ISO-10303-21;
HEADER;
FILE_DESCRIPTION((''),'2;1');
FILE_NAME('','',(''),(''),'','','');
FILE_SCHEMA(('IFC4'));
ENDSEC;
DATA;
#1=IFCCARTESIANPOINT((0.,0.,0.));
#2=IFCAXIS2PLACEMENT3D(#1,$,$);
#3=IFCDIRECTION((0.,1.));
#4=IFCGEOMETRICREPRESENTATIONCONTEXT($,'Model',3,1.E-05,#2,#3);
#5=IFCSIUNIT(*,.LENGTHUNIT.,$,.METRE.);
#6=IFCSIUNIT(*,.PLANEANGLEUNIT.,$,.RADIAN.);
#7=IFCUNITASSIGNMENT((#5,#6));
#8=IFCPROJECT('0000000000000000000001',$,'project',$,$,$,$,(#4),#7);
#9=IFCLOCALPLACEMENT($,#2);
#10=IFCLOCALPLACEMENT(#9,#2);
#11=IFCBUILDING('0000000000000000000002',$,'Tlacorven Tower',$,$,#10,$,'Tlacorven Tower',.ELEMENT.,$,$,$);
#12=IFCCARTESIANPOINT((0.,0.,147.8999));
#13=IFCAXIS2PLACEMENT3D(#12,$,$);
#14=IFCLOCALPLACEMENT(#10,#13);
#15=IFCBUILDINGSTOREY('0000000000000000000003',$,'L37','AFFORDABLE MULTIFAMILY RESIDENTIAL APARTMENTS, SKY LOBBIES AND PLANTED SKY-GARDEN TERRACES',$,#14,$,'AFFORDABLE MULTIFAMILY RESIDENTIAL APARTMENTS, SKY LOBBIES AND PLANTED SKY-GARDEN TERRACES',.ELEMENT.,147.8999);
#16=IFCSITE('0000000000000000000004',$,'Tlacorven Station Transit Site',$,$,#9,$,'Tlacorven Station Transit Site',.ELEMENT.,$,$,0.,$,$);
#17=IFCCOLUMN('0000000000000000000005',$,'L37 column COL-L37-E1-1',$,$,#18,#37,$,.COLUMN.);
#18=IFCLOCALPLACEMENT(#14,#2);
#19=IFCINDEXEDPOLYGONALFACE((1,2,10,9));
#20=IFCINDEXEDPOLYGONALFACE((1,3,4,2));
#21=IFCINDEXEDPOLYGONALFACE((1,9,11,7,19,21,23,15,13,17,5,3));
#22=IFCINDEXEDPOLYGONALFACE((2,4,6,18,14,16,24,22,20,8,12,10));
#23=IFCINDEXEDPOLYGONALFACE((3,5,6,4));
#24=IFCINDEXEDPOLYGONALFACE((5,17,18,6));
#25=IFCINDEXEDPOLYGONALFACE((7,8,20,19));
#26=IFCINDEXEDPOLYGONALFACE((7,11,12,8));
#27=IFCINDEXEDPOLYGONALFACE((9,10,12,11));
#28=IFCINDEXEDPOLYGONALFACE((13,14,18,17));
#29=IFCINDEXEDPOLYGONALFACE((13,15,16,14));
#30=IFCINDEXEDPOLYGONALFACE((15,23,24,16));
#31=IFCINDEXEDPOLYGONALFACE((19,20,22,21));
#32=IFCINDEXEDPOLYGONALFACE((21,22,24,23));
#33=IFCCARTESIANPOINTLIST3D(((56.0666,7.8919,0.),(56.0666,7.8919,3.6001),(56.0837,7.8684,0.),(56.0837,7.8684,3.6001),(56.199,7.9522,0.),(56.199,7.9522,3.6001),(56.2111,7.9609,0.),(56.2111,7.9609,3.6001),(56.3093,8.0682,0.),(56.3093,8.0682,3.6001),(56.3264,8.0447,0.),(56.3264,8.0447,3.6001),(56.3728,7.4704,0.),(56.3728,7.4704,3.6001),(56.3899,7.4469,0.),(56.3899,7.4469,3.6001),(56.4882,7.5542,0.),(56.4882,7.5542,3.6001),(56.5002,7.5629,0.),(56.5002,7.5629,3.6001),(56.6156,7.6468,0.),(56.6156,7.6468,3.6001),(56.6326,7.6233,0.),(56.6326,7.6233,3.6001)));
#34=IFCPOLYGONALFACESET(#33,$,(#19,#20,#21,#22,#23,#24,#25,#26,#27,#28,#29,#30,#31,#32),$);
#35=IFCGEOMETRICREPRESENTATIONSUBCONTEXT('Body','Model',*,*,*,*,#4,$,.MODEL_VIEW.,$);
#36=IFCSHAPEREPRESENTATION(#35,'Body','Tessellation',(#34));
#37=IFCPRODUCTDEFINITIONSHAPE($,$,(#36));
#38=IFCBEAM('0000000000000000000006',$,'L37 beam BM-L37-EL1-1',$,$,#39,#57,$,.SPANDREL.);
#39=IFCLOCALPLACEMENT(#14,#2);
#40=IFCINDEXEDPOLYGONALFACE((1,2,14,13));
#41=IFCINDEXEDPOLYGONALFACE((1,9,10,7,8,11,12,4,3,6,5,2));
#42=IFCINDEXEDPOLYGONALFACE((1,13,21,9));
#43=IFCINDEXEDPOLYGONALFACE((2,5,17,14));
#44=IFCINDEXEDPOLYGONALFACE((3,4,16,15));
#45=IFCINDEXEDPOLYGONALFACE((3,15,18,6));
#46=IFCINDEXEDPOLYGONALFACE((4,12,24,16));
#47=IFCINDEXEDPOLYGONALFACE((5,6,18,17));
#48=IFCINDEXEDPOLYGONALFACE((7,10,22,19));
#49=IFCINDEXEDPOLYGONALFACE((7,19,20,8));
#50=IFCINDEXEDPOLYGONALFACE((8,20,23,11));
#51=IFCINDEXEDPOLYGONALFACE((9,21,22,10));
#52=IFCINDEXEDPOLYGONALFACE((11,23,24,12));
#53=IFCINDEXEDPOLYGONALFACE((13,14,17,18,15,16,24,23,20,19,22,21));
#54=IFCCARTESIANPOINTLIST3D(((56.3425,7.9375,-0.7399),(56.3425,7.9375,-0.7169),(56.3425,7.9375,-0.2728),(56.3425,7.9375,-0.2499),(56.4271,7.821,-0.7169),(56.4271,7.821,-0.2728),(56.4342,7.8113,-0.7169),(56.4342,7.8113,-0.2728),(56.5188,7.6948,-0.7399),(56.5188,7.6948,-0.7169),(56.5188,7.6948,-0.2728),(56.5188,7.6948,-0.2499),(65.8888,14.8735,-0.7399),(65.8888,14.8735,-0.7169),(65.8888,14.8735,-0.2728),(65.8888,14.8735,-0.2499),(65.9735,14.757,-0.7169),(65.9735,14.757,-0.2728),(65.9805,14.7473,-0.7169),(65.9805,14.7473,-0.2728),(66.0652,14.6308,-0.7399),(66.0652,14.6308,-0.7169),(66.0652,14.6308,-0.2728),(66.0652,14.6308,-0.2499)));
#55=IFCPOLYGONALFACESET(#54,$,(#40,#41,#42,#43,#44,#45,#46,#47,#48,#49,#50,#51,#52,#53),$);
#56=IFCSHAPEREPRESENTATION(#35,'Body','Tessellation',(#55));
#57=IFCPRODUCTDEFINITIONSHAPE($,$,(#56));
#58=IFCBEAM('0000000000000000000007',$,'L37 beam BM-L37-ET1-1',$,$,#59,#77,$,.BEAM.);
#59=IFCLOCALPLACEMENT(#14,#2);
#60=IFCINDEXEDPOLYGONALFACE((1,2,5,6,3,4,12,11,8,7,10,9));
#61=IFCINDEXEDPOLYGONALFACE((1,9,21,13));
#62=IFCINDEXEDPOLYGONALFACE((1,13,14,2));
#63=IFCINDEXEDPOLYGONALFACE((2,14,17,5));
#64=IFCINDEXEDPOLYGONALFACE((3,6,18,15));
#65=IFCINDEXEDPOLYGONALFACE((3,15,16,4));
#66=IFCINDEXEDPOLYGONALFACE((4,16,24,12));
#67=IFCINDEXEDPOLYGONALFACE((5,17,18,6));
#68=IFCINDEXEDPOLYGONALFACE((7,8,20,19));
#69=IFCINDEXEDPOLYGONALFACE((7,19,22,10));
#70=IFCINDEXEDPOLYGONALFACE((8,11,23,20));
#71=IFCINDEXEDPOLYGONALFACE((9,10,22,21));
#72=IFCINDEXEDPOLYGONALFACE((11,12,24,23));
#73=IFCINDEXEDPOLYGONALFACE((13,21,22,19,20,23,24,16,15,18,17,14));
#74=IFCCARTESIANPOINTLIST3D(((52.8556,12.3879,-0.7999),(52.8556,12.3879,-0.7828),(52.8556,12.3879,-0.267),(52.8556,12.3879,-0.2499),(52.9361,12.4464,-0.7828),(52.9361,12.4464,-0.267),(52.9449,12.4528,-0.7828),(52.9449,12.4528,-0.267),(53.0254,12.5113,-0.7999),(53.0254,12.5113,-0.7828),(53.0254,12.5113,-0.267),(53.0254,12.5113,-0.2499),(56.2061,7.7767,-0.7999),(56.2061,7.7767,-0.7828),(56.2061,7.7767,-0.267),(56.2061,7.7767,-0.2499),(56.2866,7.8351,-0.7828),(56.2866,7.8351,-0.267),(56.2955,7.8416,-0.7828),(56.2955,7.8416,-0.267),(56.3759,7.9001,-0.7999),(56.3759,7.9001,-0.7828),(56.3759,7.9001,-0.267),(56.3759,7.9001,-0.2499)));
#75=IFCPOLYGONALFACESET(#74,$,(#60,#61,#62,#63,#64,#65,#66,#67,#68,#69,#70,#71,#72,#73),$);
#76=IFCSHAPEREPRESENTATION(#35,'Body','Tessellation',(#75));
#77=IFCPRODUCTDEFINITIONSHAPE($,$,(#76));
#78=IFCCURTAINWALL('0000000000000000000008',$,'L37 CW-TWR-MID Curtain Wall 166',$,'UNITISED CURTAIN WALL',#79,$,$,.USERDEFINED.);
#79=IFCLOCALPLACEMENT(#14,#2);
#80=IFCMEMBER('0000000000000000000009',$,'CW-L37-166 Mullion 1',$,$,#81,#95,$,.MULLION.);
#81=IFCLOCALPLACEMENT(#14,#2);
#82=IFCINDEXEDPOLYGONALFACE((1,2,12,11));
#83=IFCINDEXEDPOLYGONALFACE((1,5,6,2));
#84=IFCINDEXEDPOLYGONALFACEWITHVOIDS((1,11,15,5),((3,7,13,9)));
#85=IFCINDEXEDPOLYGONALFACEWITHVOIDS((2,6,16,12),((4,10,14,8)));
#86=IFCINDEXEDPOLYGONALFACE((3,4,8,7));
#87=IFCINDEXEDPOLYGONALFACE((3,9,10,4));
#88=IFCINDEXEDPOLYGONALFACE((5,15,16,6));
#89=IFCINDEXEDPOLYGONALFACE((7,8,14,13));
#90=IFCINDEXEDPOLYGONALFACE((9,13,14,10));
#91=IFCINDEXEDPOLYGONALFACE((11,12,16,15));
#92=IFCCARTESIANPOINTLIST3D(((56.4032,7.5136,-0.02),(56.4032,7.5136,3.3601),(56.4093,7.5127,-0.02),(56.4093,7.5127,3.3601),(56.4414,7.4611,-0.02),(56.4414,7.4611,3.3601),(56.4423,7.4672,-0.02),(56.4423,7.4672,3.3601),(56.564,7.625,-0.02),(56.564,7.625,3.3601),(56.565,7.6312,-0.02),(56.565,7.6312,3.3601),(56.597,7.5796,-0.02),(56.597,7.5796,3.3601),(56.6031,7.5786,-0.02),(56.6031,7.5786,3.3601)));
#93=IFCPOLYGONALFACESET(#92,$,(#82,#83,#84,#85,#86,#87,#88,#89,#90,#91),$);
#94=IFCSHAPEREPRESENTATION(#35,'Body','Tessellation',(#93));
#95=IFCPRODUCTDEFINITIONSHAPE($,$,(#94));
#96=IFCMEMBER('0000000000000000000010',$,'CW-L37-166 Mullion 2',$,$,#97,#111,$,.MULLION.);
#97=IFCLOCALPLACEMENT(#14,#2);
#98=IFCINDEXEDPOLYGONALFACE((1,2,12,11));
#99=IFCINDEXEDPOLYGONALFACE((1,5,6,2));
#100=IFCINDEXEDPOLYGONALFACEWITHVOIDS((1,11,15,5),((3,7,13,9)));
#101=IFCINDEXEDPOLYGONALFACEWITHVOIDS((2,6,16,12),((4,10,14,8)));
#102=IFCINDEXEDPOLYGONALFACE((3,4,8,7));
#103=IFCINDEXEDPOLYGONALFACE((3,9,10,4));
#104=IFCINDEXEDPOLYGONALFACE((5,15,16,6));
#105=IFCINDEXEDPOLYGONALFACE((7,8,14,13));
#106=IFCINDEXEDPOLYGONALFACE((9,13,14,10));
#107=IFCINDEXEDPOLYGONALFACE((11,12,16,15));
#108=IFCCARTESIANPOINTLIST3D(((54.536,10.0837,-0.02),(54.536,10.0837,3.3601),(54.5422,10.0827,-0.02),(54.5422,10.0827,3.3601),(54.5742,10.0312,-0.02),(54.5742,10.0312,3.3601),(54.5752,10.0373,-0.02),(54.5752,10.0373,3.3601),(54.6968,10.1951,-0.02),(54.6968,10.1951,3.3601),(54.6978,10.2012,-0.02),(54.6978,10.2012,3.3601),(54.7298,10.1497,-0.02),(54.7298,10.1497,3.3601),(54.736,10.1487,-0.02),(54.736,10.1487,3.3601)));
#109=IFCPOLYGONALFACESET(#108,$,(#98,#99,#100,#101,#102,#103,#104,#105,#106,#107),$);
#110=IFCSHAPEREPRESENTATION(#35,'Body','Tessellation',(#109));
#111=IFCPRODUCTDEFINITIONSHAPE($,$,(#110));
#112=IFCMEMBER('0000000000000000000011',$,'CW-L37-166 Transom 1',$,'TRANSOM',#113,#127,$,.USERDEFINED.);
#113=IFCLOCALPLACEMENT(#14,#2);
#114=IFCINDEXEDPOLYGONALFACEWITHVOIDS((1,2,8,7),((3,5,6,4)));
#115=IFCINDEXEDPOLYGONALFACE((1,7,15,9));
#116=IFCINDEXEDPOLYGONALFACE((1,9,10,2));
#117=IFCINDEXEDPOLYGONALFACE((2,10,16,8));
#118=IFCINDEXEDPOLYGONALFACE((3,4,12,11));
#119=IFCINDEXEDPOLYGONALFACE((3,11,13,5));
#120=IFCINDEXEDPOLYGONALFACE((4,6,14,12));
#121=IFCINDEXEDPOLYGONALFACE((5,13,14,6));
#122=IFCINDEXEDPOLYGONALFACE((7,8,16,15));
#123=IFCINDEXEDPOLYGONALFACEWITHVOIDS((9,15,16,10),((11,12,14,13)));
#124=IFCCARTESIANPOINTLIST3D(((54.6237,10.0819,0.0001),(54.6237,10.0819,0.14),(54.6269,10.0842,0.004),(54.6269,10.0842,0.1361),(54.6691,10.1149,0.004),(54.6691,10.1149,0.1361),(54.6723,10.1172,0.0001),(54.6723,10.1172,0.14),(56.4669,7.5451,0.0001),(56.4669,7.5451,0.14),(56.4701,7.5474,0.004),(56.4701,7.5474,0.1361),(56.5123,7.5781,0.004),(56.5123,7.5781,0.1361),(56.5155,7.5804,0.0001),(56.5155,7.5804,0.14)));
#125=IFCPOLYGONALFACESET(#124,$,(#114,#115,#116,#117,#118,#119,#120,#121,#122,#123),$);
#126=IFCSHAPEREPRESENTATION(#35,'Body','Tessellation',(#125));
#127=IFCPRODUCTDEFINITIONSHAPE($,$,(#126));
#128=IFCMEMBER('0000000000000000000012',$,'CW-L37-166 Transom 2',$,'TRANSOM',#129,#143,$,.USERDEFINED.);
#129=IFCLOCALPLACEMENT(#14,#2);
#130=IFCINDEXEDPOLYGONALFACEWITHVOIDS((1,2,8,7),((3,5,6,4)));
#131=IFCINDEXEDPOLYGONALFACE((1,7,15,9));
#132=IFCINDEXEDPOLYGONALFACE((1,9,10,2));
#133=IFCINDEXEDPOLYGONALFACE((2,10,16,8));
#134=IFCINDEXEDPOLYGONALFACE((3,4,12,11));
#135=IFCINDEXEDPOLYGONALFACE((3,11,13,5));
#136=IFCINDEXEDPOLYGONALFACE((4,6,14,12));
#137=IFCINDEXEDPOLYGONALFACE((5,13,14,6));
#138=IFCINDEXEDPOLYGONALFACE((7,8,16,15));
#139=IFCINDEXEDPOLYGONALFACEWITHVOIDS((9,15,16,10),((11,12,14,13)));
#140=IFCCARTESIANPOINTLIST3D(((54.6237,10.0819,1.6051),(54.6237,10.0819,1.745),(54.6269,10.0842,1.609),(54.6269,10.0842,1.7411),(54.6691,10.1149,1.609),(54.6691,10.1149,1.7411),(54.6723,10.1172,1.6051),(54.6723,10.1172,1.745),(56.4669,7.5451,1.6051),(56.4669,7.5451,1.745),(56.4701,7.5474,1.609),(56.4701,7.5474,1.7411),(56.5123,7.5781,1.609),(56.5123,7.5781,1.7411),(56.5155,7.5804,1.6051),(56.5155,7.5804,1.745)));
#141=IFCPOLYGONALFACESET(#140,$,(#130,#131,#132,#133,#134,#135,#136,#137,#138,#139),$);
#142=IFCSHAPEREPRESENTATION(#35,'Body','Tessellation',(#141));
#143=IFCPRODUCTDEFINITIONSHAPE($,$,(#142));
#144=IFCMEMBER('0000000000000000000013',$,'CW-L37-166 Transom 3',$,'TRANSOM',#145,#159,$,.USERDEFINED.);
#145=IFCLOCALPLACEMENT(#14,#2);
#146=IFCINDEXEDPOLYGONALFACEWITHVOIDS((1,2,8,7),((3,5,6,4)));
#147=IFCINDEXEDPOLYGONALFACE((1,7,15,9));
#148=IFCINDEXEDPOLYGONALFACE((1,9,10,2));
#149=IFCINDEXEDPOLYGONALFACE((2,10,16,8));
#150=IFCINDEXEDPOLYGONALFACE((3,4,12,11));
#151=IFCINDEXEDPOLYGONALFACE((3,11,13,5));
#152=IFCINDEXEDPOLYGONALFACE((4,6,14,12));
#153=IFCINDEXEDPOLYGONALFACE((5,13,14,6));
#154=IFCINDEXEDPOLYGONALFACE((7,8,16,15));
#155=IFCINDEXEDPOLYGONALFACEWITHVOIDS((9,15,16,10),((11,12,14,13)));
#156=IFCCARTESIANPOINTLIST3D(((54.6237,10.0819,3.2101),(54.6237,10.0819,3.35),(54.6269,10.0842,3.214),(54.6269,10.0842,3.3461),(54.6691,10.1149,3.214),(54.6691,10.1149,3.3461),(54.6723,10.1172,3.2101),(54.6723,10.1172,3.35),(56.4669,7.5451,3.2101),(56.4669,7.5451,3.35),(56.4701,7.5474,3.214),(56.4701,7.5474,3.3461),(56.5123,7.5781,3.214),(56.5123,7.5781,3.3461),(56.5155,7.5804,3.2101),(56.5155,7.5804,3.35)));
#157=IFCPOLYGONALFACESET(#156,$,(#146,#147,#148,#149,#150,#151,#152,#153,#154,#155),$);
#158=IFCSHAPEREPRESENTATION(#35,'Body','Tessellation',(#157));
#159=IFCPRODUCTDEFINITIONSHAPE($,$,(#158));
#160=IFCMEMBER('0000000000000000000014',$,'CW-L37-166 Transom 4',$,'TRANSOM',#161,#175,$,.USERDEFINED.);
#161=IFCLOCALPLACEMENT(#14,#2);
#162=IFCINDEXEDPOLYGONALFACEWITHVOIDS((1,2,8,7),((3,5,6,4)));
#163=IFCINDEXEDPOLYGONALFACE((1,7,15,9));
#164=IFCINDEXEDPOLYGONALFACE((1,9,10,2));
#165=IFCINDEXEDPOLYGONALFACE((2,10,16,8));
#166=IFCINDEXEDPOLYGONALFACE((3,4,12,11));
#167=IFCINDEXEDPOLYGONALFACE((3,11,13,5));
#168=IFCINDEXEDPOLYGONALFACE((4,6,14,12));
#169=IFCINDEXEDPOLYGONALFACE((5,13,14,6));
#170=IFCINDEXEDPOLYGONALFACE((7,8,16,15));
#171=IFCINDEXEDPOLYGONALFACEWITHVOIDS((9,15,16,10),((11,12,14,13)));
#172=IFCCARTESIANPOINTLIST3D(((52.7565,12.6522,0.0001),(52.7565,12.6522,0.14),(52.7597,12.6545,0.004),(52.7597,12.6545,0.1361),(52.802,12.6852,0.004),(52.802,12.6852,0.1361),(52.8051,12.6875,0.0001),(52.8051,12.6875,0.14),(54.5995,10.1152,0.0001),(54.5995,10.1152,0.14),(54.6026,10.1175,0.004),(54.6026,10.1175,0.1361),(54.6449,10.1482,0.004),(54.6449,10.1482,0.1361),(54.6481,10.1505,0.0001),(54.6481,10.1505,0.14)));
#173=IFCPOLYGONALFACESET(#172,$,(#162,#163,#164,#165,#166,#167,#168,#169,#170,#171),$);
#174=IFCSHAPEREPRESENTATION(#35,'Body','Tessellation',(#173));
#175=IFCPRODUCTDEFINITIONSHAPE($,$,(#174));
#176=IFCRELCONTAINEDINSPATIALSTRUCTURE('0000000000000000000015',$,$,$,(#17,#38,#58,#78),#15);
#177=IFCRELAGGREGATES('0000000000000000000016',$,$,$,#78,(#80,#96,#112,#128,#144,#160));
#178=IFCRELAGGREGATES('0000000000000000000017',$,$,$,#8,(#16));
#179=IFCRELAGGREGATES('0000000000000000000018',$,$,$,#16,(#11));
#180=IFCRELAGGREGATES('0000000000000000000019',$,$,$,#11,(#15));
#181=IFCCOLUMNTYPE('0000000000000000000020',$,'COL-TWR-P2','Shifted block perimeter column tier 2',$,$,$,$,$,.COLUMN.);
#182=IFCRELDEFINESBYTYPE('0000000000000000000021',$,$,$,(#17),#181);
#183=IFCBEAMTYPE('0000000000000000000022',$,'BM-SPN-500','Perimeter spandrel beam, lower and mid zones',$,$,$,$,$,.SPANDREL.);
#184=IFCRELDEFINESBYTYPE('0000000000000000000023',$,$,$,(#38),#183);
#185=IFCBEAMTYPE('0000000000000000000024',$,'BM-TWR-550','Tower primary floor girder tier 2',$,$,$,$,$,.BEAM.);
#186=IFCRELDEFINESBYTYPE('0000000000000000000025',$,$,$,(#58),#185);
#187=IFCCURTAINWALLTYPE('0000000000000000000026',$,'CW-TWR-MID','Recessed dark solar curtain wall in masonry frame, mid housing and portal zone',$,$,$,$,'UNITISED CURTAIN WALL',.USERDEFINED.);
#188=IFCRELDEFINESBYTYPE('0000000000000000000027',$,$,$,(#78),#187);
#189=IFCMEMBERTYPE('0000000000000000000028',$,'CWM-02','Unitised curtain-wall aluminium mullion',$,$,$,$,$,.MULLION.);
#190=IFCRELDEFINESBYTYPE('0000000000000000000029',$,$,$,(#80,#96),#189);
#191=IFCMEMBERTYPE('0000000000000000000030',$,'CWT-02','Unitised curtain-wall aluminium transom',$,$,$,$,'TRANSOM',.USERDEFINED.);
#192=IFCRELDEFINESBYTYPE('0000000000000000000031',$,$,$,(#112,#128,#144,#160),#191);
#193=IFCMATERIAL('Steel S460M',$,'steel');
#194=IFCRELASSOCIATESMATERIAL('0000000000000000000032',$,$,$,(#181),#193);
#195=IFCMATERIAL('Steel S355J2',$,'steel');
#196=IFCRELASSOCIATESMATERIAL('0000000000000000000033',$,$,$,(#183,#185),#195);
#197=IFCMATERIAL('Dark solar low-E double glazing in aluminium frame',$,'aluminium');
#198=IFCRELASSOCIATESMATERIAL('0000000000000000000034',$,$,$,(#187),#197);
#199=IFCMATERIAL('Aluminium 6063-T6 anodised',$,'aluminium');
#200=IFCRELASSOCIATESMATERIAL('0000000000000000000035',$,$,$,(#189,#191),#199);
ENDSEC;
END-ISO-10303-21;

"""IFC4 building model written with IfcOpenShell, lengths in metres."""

from ifc_helpers import new_model, si_unit, direction, frame, origin, origin_2d, place, context, subcontext, project, spatial, hollow_rectangle, i_section, extrude, source, transform, mapped, material, material_profile, profile_set, type_object, element, aggregate, save


model = new_model("IFC4")

# Units and contexts
model_context = context("Model", 3, precision=1e-05, world=origin(), true_north=direction((0.0, 1.0)))
body_context = subcontext(model_context, "Body", "Model", "MODEL_VIEW")
ifc_project = project(units=[si_unit("LENGTHUNIT", "METRE"), si_unit("PLANEANGLEUNIT", "RADIAN")], contexts=[model_context])

# Site, building, storey
site_placement = place(None, origin())
site = spatial("IfcSite", under=ifc_project, at=site_placement, Name="Tlacorven Station Transit Site", LongName="Tlacorven Station Transit Site", CompositionType="ELEMENT", RefElevation=0.0)
building_placement = place(site_placement, origin())
building = spatial("IfcBuilding", under=site, at=building_placement, Name="Tlacorven Tower", LongName="Tlacorven Tower", CompositionType="ELEMENT")
storey_placement = place(building_placement, frame((0.0, 0.0, 147.8999)))
storey = spatial("IfcBuildingStorey", under=building, at=storey_placement, Name="L37", Description="AFFORDABLE MULTIFAMILY RESIDENTIAL APARTMENTS, SKY LOBBIES AND PLANTED SKY-GARDEN TERRACES", LongName="AFFORDABLE MULTIFAMILY RESIDENTIAL APARTMENTS, SKY LOBBIES AND PLANTED SKY-GARDEN TERRACES", CompositionType="ELEMENT", Elevation=147.8999)

# Column
ifc_material_1 = material(Name="Steel S460M", Category="steel")
ifc_material_profile_1 = material_profile(ifc_material_1, i_section(OverallWidth=0.3, OverallDepth=0.55, WebThickness=0.0149, FlangeThickness=0.0291, at=origin_2d()), Name="HEB 550")
ifc_profile_set_1 = profile_set([ifc_material_profile_1], Name="Steel S460M")
column_type = type_object("IfcColumnType", Name="COL-TWR-P2", Description="Shifted block perimeter column tier 2", PredefinedType="COLUMN", material=ifc_profile_set_1)
shared_shape_1 = source(origin(), body_context, "Body", "SweptSolid", [
    extrude(i_section(OverallWidth=0.3, OverallDepth=0.55, WebThickness=0.0149, FlangeThickness=0.0291, at=origin_2d()), origin(), (0.0, 0.0, 1.0), 3.6001),
])
column_placement = place(storey_placement, frame((56.3496, 7.7576, 0.0), z_axis=(0.0, 0.0, 1.0), x_axis=(0.809017, 0.587785, 0.0)))
element("IfcColumn", 1, at=column_placement, inside=storey, type_object=column_type, Name="L37 column COL-L37-E1-1", PredefinedType="COLUMN", context=body_context, shape_type="MappedRepresentation", body=[
    mapped(shared_shape_1, transform((0.0, 0.0, 0.0), scale=1.0)),
])

# Beams
ifc_material_2 = material(Name="Steel S355J2", Category="steel")
ifc_material_profile_2 = material_profile(ifc_material_2, i_section(OverallWidth=0.3, OverallDepth=0.49, WebThickness=0.012, FlangeThickness=0.0229, at=origin_2d()), Name="HEA 500")
ifc_profile_set_2 = profile_set([ifc_material_profile_2], Name="Steel S355J2")
beam_type_1 = type_object("IfcBeamType", Name="BM-SPN-500", Description="Perimeter spandrel beam, lower and mid zones", PredefinedType="SPANDREL", material=ifc_profile_set_2)
shared_shape_2 = source(origin(), body_context, "Body", "SweptSolid", [
    extrude(i_section(OverallWidth=0.3, OverallDepth=0.49, WebThickness=0.012, FlangeThickness=0.0229, at=origin_2d()), origin(), (0.0, 0.0, 1.0), 11.8),
])
beam_1_placement = place(storey_placement, frame((56.4307, 7.8162, -0.4949), z_axis=(0.80901, 0.587795, 0.0), x_axis=(-0.587795, 0.80901, 0.0)))
element("IfcBeam", 2, at=beam_1_placement, inside=storey, type_object=beam_type_1, Name="L37 beam BM-L37-EL1-1", PredefinedType="SPANDREL", context=body_context, shape_type="MappedRepresentation", body=[
    mapped(shared_shape_2, transform((0.0, 0.0, 0.0), scale=1.0)),
])
ifc_material_profile_3 = material_profile(ifc_material_2, i_section(OverallWidth=0.21, OverallDepth=0.55, WebThickness=0.011, FlangeThickness=0.0171, at=origin_2d()), Name="IPE 550")
ifc_profile_set_3 = profile_set([ifc_material_profile_3], Name="Steel S355J2")
beam_type_2 = type_object("IfcBeamType", Name="BM-TWR-550", Description="Tower primary floor girder tier 2", PredefinedType="BEAM", material=ifc_profile_set_3)
shared_shape_3 = source(origin(), body_context, "Body", "SweptSolid", [
    extrude(i_section(OverallWidth=0.21, OverallDepth=0.55, WebThickness=0.011, FlangeThickness=0.0171, at=origin_2d()), origin(), (0.0, 0.0, 1.0), 5.7),
])
beam_2_placement = place(storey_placement, frame((56.291, 7.8384, -0.5249), z_axis=(-0.587815, 0.808995, 0.0), x_axis=(-0.808995, -0.587815, 0.0)))
element("IfcBeam", 3, at=beam_2_placement, inside=storey, type_object=beam_type_2, Name="L37 beam BM-L37-ET1-1", PredefinedType="BEAM", context=body_context, shape_type="MappedRepresentation", body=[
    mapped(shared_shape_3, transform((0.0, 0.0, 0.0), scale=1.0)),
])

# Curtain wall, members
ifc_material_3 = material(Name="Dark solar low-E double glazing in aluminium frame", Category="aluminium")
curtain_wall_type = type_object("IfcCurtainWallType", Name="CW-TWR-MID", Description="Recessed dark solar curtain wall in masonry frame, mid housing and portal zone", ElementType="UNITISED CURTAIN WALL", PredefinedType="USERDEFINED", material=ifc_material_3)
curtain_wall_placement = place(storey_placement, origin())
curtain_wall = element("IfcCurtainWall", 4, at=curtain_wall_placement, inside=storey, type_object=curtain_wall_type, Name="L37 CW-TWR-MID Curtain Wall 166", ObjectType="UNITISED CURTAIN WALL", PredefinedType="USERDEFINED")
ifc_material_4 = material(Name="Aluminium 6063-T6 anodised", Category="aluminium")
ifc_material_profile_4 = material_profile(ifc_material_4, hollow_rectangle(XDim=0.0649, YDim=0.2, WallThickness=0.0044, at=origin_2d()), Name="ALU MULLION 65X200")
ifc_profile_set_4 = profile_set([ifc_material_profile_4], Name="Aluminium 6063-T6 anodised")
member_type_1 = type_object("IfcMemberType", Name="CWM-02", Description="Unitised curtain-wall aluminium mullion", PredefinedType="MULLION", material=ifc_profile_set_4)
shared_shape_4 = source(origin(), body_context, "Body", "SweptSolid", [
    extrude(hollow_rectangle(XDim=0.0649, YDim=0.2, WallThickness=0.0044, at=origin_2d()), origin(), (0.0, 0.0, 1.0), 3.3801),
])
member_1_placement = place(storey_placement, frame((56.5032, 7.5461, -0.02), z_axis=(0.0, 0.0, 1.0), x_axis=(-0.587785, 0.809017, 0.0)))
member_1 = element("IfcMember", 5, at=member_1_placement, type_object=member_type_1, Name="CW-L37-166 Mullion 1", PredefinedType="MULLION", context=body_context, shape_type="MappedRepresentation", body=[
    mapped(shared_shape_4, transform((0.0, 0.0, 0.0), scale=1.0)),
])
member_2_placement = place(storey_placement, frame((54.636, 10.1162, -0.02), z_axis=(0.0, 0.0, 1.0), x_axis=(-0.587785, 0.809017, 0.0)))
member_2 = element("IfcMember", 6, at=member_2_placement, type_object=member_type_1, Name="CW-L37-166 Mullion 2", PredefinedType="MULLION", context=body_context, shape_type="MappedRepresentation", body=[
    mapped(shared_shape_4, transform((0.0, 0.0, 0.0), scale=1.0)),
])
ifc_material_profile_5 = material_profile(ifc_material_4, hollow_rectangle(XDim=0.0601, YDim=0.1399, WallThickness=0.0039, at=origin_2d()), Name="ALU TRANSOM 60X140")
ifc_profile_set_5 = profile_set([ifc_material_profile_5], Name="Aluminium 6063-T6 anodised")
member_type_2 = type_object("IfcMemberType", Name="CWT-02", Description="Unitised curtain-wall aluminium transom", ElementType="TRANSOM", PredefinedType="USERDEFINED", material=ifc_profile_set_5)
shared_shape_5 = source(origin(), body_context, "Body", "SweptSolid", [
    extrude(hollow_rectangle(XDim=0.0601, YDim=0.1399, WallThickness=0.0039, at=origin_2d()), origin(), (0.0, 0.0, 1.0), 3.1357),
])
member_3_placement = place(storey_placement, frame((56.4912, 7.5627, 0.0701), z_axis=(-0.587811, 0.808999, 0.0), x_axis=(-0.808999, -0.587811, 0.0)))
member_3 = element("IfcMember", 7, at=member_3_placement, type_object=member_type_2, Name="CW-L37-166 Transom 1", ObjectType="TRANSOM", PredefinedType="USERDEFINED", context=body_context, shape_type="MappedRepresentation", body=[
    mapped(shared_shape_5, transform((0.0, 0.0, 0.0), scale=1.0)),
])
member_4_placement = place(storey_placement, frame((56.4912, 7.5627, 1.675), z_axis=(-0.587811, 0.808999, 0.0), x_axis=(-0.808999, -0.587811, 0.0)))
member_4 = element("IfcMember", 8, at=member_4_placement, type_object=member_type_2, Name="CW-L37-166 Transom 2", ObjectType="TRANSOM", PredefinedType="USERDEFINED", context=body_context, shape_type="MappedRepresentation", body=[
    mapped(shared_shape_5, transform((0.0, 0.0, 0.0), scale=1.0)),
])
member_5_placement = place(storey_placement, frame((56.4912, 7.5627, 3.28), z_axis=(-0.587811, 0.808999, 0.0), x_axis=(-0.808999, -0.587811, 0.0)))
member_5 = element("IfcMember", 9, at=member_5_placement, type_object=member_type_2, Name="CW-L37-166 Transom 3", ObjectType="TRANSOM", PredefinedType="USERDEFINED", context=body_context, shape_type="MappedRepresentation", body=[
    mapped(shared_shape_5, transform((0.0, 0.0, 0.0), scale=1.0)),
])
member_6_placement = place(storey_placement, frame((54.6238, 10.1328, 0.0701), z_axis=(-0.587723, 0.809063, 0.0), x_axis=(-0.809063, -0.587723, 0.0)))
member_6 = element("IfcMember", 10, at=member_6_placement, type_object=member_type_2, Name="CW-L37-166 Transom 4", ObjectType="TRANSOM", PredefinedType="USERDEFINED", context=body_context, shape_type="MappedRepresentation", body=[
    mapped(shared_shape_5, transform((0.0, 0.0, 0.0), scale=1.0)),
])
aggregate(curtain_wall, [member_1, member_2, member_3, member_4, member_5, member_6])

save(model, "model.ifc")
